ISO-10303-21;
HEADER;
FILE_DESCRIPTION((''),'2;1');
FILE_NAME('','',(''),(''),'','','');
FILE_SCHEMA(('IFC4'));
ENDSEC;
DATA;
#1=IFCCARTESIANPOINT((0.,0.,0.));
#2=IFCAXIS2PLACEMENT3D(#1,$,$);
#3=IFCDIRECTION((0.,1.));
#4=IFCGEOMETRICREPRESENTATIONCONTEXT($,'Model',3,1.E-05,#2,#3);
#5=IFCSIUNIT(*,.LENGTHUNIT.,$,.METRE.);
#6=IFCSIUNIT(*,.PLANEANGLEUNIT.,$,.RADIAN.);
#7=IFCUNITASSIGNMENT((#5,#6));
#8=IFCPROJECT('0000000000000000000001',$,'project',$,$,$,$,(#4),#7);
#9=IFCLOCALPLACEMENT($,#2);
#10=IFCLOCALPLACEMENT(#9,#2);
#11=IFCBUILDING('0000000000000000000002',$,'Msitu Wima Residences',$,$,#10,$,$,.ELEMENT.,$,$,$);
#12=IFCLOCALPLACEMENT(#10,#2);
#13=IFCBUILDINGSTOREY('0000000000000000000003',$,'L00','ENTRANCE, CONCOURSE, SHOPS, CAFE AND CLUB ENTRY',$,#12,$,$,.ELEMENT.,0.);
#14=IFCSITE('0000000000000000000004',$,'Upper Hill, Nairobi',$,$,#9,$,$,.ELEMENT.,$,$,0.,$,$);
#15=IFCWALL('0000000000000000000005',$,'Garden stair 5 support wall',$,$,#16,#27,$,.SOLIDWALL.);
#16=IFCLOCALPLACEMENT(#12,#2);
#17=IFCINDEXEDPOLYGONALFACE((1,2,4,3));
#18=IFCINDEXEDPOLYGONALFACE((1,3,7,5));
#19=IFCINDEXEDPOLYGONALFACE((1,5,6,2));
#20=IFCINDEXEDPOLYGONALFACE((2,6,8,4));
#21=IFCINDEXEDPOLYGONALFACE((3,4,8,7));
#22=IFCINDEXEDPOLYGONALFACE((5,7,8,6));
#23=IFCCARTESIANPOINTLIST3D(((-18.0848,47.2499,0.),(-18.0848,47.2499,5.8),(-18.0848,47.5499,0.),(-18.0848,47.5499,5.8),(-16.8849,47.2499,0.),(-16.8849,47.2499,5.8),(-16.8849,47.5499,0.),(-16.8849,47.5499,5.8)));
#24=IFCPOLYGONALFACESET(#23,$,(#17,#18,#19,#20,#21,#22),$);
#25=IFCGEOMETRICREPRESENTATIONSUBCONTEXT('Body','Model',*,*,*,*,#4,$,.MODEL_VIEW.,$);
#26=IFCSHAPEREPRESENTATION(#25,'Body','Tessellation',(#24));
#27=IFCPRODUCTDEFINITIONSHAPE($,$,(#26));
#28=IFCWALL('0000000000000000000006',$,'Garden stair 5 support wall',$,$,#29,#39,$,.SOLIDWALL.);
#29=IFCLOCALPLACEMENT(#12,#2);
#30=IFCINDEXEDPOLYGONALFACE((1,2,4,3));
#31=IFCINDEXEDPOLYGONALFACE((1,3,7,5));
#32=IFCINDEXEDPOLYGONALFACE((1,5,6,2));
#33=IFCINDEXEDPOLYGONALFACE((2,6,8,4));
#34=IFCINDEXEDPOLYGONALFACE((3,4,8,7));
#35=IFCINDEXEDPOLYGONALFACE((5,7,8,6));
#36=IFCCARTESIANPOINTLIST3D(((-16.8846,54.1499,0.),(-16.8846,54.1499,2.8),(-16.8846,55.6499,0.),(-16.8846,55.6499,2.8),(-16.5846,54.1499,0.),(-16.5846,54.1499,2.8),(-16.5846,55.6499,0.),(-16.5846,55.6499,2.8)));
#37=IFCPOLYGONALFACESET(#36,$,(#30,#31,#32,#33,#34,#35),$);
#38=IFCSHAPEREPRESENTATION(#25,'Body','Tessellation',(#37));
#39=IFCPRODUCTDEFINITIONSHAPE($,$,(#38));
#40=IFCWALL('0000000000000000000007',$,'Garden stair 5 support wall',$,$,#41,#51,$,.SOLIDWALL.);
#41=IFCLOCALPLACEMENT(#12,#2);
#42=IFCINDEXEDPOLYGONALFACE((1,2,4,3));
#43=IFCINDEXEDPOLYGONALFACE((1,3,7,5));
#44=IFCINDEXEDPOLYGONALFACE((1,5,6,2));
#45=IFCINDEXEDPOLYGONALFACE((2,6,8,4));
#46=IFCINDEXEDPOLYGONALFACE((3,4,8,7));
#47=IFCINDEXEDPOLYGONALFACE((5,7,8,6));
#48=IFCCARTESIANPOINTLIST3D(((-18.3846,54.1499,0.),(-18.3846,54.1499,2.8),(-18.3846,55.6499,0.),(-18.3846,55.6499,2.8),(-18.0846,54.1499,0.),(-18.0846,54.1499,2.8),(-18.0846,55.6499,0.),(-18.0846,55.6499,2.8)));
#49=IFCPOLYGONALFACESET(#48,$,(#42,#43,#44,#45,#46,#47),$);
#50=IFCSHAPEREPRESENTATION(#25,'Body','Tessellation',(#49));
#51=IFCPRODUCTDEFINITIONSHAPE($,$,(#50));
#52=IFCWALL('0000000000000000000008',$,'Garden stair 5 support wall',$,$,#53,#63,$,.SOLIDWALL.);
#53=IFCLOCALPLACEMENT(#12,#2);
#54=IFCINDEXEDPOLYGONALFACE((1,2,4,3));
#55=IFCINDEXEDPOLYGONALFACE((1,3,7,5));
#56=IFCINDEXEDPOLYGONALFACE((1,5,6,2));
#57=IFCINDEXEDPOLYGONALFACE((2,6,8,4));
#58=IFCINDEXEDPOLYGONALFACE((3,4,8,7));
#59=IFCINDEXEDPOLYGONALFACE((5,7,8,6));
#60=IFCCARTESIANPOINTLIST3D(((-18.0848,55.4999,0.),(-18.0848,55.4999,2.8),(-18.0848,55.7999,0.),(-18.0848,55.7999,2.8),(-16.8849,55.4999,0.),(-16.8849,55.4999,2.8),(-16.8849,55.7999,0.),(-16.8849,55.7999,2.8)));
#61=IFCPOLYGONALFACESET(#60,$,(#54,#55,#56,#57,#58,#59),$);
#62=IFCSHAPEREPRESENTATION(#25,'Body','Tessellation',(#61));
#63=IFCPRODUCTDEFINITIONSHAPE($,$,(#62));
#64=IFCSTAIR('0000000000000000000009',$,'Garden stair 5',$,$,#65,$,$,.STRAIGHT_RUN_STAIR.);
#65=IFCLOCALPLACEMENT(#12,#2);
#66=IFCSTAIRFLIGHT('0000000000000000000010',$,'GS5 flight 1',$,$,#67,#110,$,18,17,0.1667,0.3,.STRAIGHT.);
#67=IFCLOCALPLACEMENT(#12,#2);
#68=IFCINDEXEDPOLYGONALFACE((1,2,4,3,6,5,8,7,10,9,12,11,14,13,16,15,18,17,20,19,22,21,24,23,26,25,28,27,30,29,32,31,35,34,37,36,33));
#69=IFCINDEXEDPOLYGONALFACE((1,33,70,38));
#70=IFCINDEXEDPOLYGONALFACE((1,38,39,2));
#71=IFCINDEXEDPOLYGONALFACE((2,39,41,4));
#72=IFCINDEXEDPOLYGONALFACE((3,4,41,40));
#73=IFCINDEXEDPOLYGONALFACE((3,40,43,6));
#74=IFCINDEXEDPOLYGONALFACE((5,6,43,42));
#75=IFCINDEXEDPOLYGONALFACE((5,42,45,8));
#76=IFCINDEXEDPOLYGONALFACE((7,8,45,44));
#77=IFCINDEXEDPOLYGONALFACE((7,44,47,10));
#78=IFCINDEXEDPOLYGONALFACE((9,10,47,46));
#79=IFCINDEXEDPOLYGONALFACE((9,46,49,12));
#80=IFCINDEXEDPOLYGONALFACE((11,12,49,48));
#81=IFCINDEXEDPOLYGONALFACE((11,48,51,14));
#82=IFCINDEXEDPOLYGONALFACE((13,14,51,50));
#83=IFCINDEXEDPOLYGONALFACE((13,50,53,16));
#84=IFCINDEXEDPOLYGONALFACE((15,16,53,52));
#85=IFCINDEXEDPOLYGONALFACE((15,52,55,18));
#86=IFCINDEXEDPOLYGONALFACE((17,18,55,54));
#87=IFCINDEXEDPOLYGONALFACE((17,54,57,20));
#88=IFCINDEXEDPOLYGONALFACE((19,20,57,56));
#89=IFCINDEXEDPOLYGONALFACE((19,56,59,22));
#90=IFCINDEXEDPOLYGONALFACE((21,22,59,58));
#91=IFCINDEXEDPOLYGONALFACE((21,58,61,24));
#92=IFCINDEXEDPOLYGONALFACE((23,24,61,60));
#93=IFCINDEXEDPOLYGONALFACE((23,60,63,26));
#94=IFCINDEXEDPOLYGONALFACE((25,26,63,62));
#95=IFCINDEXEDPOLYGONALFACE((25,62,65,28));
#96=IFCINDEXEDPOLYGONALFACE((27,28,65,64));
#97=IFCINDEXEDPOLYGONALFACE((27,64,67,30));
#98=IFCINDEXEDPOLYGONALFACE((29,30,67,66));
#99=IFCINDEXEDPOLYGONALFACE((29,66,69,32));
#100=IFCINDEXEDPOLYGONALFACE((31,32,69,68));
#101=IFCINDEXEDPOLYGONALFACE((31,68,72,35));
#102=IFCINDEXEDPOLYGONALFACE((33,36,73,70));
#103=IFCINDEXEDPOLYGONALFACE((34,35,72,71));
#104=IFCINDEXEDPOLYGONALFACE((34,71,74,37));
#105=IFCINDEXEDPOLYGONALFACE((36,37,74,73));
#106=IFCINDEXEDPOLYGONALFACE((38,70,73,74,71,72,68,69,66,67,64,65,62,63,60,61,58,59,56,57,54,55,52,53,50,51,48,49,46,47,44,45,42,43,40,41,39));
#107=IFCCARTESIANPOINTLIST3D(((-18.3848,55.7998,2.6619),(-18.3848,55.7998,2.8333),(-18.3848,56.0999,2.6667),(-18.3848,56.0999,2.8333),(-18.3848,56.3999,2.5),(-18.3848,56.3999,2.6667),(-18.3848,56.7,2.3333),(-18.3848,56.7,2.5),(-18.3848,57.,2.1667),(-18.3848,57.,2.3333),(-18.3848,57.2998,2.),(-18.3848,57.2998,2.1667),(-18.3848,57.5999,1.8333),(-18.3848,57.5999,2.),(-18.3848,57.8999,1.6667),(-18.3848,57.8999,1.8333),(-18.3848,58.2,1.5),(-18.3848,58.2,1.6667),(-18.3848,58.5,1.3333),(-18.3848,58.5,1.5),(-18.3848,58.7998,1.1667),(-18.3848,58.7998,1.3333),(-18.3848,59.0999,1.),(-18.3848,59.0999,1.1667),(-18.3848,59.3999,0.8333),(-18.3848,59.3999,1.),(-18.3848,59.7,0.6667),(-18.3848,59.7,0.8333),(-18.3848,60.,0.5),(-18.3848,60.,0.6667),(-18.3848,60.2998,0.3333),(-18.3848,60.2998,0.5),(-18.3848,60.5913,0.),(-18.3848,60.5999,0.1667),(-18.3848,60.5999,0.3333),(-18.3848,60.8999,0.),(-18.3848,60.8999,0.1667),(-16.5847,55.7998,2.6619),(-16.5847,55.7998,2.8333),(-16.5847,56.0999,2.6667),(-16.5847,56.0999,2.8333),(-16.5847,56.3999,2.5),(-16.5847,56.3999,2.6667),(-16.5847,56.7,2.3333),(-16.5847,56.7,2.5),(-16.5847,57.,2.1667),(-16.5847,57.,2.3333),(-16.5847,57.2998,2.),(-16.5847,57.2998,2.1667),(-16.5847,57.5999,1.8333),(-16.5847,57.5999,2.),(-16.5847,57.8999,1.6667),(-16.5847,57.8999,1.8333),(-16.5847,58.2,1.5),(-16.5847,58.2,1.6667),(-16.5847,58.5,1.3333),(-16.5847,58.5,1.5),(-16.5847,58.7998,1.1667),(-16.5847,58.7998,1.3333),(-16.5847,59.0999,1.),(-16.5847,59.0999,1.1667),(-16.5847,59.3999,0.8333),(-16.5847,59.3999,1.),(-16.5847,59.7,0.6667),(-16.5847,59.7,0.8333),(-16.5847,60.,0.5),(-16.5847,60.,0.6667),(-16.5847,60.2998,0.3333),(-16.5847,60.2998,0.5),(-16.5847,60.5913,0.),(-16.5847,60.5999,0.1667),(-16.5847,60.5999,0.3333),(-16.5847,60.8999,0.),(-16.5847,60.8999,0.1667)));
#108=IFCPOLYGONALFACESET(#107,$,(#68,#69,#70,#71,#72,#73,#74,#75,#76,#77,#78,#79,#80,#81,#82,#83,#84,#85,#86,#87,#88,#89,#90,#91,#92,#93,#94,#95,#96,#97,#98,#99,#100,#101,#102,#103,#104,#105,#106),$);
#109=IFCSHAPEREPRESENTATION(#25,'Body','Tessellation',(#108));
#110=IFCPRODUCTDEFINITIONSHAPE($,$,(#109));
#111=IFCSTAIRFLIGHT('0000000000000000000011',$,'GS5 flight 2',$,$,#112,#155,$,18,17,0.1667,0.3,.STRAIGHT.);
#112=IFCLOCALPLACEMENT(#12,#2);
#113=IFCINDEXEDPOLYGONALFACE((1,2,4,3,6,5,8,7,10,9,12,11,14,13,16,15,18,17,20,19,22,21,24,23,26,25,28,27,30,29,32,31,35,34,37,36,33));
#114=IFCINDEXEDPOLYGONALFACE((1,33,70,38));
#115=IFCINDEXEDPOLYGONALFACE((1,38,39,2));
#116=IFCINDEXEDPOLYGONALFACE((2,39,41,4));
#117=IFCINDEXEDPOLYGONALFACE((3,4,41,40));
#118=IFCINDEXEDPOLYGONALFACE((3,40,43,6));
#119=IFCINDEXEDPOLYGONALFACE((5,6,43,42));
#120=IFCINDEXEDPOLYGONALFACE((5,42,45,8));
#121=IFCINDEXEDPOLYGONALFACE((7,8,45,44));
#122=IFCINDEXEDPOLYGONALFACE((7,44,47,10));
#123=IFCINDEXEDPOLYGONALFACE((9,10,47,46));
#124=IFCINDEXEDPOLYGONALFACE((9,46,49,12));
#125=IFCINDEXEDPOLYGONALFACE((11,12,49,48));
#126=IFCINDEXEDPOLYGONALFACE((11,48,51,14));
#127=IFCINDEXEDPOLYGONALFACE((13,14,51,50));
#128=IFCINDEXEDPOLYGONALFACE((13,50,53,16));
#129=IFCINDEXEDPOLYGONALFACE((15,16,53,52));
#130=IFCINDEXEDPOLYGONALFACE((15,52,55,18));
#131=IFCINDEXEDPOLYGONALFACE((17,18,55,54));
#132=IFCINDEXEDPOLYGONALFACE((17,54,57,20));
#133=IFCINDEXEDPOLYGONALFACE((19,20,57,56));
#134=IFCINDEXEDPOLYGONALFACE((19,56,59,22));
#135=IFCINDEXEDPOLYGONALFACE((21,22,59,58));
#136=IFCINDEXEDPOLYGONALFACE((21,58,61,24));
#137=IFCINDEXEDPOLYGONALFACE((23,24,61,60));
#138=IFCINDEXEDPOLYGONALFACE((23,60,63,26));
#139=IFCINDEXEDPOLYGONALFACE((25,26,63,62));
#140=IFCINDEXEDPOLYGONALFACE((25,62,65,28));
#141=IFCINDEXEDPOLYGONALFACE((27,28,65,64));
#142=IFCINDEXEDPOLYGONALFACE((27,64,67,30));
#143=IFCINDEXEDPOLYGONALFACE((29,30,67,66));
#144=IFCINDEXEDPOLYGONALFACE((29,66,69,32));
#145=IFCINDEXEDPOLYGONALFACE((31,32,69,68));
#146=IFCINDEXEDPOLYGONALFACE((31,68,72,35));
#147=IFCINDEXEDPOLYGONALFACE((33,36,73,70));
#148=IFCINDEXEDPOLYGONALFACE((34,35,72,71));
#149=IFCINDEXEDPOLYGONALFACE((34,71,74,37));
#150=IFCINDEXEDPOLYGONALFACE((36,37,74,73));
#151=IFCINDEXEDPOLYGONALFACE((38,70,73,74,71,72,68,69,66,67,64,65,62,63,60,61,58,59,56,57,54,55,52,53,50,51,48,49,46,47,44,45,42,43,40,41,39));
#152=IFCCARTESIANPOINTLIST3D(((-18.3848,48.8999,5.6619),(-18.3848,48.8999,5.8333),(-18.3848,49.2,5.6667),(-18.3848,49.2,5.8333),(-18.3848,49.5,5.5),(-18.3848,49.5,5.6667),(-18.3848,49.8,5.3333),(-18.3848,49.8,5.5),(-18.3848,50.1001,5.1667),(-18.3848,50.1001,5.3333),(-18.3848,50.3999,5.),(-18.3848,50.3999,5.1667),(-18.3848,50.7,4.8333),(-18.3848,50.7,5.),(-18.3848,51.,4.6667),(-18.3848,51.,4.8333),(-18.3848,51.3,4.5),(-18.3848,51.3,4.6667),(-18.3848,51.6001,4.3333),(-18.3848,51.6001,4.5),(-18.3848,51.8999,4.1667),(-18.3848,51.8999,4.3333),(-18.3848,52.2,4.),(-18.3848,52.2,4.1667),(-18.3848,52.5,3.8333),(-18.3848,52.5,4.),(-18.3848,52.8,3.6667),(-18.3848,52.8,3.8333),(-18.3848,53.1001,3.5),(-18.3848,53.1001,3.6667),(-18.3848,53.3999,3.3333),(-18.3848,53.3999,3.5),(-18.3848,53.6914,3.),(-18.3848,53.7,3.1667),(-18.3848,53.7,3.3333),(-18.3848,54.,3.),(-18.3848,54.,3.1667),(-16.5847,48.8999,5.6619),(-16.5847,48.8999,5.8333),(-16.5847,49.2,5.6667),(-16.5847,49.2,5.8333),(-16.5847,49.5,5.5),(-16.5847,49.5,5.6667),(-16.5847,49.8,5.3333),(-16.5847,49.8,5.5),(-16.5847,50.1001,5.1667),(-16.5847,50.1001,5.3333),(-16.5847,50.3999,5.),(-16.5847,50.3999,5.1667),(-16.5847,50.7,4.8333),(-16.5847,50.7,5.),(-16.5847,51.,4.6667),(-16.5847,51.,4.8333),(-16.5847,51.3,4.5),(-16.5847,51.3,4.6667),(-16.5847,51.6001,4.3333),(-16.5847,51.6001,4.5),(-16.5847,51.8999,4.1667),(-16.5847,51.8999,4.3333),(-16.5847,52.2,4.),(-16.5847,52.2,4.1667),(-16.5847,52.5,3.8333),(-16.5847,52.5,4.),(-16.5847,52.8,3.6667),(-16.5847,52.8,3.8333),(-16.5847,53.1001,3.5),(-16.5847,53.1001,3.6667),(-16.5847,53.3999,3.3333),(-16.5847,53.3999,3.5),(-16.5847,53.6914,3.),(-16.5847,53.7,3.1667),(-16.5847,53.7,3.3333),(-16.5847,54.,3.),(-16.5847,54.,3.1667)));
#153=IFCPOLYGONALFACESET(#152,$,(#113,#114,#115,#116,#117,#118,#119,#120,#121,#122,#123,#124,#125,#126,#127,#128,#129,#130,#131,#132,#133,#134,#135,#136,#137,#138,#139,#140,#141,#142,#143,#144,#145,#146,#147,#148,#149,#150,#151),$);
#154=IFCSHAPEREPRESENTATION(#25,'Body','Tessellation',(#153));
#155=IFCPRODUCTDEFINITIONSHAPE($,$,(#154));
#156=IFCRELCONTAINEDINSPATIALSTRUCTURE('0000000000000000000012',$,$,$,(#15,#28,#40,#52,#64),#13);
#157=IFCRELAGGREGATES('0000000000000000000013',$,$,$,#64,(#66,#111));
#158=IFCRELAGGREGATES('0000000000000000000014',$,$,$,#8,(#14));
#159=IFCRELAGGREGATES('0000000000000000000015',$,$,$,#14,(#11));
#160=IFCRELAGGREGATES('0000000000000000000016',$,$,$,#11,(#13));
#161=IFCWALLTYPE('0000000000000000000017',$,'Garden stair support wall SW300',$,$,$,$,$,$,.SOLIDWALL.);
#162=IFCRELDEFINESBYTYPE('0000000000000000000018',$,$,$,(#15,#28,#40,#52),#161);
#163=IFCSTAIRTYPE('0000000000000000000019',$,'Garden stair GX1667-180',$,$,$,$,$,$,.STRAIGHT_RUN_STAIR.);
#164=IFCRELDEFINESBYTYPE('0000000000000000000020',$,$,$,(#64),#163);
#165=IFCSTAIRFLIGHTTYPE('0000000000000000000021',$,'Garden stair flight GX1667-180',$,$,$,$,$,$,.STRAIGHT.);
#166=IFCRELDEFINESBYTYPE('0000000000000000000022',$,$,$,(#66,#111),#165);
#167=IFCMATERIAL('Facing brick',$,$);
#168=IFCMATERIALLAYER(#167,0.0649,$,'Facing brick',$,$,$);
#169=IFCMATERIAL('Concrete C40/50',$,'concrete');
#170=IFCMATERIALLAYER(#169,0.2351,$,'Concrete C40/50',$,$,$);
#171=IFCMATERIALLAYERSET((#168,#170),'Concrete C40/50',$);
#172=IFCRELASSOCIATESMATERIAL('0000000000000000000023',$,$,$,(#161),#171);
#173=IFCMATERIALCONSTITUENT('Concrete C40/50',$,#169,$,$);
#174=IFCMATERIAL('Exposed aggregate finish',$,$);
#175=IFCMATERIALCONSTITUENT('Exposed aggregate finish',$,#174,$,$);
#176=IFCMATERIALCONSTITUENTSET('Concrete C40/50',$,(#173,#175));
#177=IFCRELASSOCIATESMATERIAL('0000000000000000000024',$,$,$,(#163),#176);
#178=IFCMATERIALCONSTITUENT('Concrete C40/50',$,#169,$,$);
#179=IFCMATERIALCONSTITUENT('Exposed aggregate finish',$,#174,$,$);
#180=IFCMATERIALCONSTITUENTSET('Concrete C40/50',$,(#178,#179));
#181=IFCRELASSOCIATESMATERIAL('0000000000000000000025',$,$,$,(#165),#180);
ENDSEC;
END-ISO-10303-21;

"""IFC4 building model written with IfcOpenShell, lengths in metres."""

from ifc_helpers import new_model, si_unit, direction, frame, frame_2d, origin, place, context, subcontext, project, spatial, polyline, rectangle, outline, extrude, material, layer, layer_set, constituent, constituent_set, type_object, element, aggregate, save


model = new_model("IFC4")

# Units and contexts
model_context = context("Model", 3, precision=1e-05, world=origin(), true_north=direction((0.0, 1.0)))
body_context = subcontext(model_context, "Body", "Model", "MODEL_VIEW")
ifc_project = project(units=[si_unit("LENGTHUNIT", "METRE"), si_unit("PLANEANGLEUNIT", "RADIAN")], contexts=[model_context])

# Site, building, storey
site_placement = place(None, origin())
site = spatial("IfcSite", under=ifc_project, at=site_placement, Name="Upper Hill, Nairobi", CompositionType="ELEMENT", RefElevation=0.0)
building_placement = place(site_placement, origin())
building = spatial("IfcBuilding", under=site, at=building_placement, Name="Msitu Wima Residences", CompositionType="ELEMENT")
storey_placement = place(building_placement, origin())
storey = spatial("IfcBuildingStorey", under=building, at=storey_placement, Name="L00", Description="ENTRANCE, CONCOURSE, SHOPS, CAFE AND CLUB ENTRY", CompositionType="ELEMENT", Elevation=0.0)

# Walls
ifc_material_1 = material(Name="Facing brick")
ifc_layer_1 = layer(ifc_material_1, 0.0649, Name="Facing brick")
ifc_material_2 = material(Name="Concrete C40/50", Category="concrete")
ifc_layer_2 = layer(ifc_material_2, 0.2351, Name="Concrete C40/50")
ifc_layer_set_1 = layer_set([ifc_layer_1, ifc_layer_2], Name="Concrete C40/50")
wall_type_1 = type_object("IfcWallType", Name="Garden stair support wall SW300", PredefinedType="SOLIDWALL", material=ifc_layer_set_1)
wall_1_placement = place(storey_placement, frame((-16.8848, 47.3999, 0.0), z_axis=(0.0, 0.0, 1.0), x_axis=(-1.0, 0.0, 0.0)))
element("IfcWall", 1, at=wall_1_placement, inside=storey, type_object=wall_type_1, Name="Garden stair 5 support wall", PredefinedType="SOLIDWALL", context=body_context, shape_type="SweptSolid", body=[
    extrude(rectangle(XDim=1.2, YDim=0.3, at=frame_2d((0.6001, 0.0))), origin(), (0.0, 0.0, 1.0), 5.8),
])
for number, where, z_axis, x_axis, name in (
    (2, (-16.7346, 54.1499, 0.0), (0.0, 0.0, 1.0), (0.0, 1.0, 0.0), "Garden stair 5 support wall"),
    (3, (-18.2346, 54.1499, 0.0), (0.0, 0.0, 1.0), (0.0, 1.0, 0.0), "Garden stair 5 support wall"),
):
    element("IfcWall", number, at=place(storey_placement, frame(where, z_axis=z_axis, x_axis=x_axis)), inside=storey, type_object=wall_type_1, Name=name, PredefinedType="SOLIDWALL", context=body_context, shape_type="SweptSolid", body=[
        extrude(rectangle(XDim=1.5, YDim=0.3, at=frame_2d((0.75, 0.0))), origin(), (0.0, 0.0, 1.0), 2.8),
    ])
wall_2_placement = place(storey_placement, frame((-16.8848, 55.6499, 0.0), z_axis=(0.0, 0.0, 1.0), x_axis=(-1.0, 0.0, 0.0)))
element("IfcWall", 4, at=wall_2_placement, inside=storey, type_object=wall_type_1, Name="Garden stair 5 support wall", PredefinedType="SOLIDWALL", context=body_context, shape_type="SweptSolid", body=[
    extrude(rectangle(XDim=1.2, YDim=0.3, at=frame_2d((0.6001, 0.0))), origin(), (0.0, 0.0, 1.0), 2.8),
])

# Stair, stair flights
ifc_constituent_1 = constituent(ifc_material_2, Name="Concrete C40/50")
ifc_material_3 = material(Name="Exposed aggregate finish")
ifc_constituent_2 = constituent(ifc_material_3, Name="Exposed aggregate finish")
ifc_constituent_set_1 = constituent_set(constituents=[ifc_constituent_1, ifc_constituent_2], Name="Concrete C40/50")
stair_type = type_object("IfcStairType", Name="Garden stair GX1667-180", PredefinedType="STRAIGHT_RUN_STAIR", material=ifc_constituent_set_1)
stair_placement = place(storey_placement, origin())
stair = element("IfcStair", 5, at=stair_placement, inside=storey, type_object=stair_type, Name="Garden stair 5", PredefinedType="STRAIGHT_RUN_STAIR")
ifc_constituent_3 = constituent(ifc_material_2, Name="Concrete C40/50")
ifc_constituent_4 = constituent(ifc_material_3, Name="Exposed aggregate finish")
ifc_constituent_set_2 = constituent_set(constituents=[ifc_constituent_3, ifc_constituent_4], Name="Concrete C40/50")
stair_flight_type = type_object("IfcStairFlightType", Name="Garden stair flight GX1667-180", PredefinedType="STRAIGHT", material=ifc_constituent_set_2)
stair_flight_1_placement = place(storey_placement, frame((-17.4846, 60.8999, 0.0), z_axis=(0.0, 0.0, 1.0), x_axis=(0.0, -1.0, 0.0)))
stair_flight_1 = element("IfcStairFlight", 6, at=stair_flight_1_placement, type_object=stair_flight_type, Name="GS5 flight 1", NumberOfRisers=18, NumberOfTreads=17, PredefinedType="STRAIGHT", RiserHeight=0.1667, TreadLength=0.3, context=body_context, shape_type="SweptSolid", body=[
    extrude(outline(polyline([(0.0, 0.0), (0.0, 0.1667), (0.3, 0.1667), (0.3, 0.3333), (0.6001, 0.3333), (0.6001, 0.5), (0.8999, 0.5), (0.8999, 0.6667), (1.2, 0.6667), (1.2, 0.8333), (1.5, 0.8333), (1.5, 1.0), (1.8, 1.0), (1.8, 1.1667), (2.1001, 1.1667), (2.1001, 1.3333), (2.3999, 1.3333), (2.3999, 1.5), (2.7, 1.5), (2.7, 1.6667), (3.0, 1.6667), (3.0, 1.8333), (3.3, 1.8333), (3.3, 2.0), (3.6001, 2.0), (3.6001, 2.1667), (3.8999, 2.1667), (3.8999, 2.3333), (4.2, 2.3333), (4.2, 2.5), (4.5, 2.5), (4.5, 2.6667), (4.8, 2.6667), (4.8, 2.8333), (5.1001, 2.8333), (5.1001, 3.0), (5.1001, 2.6619), (0.3086, 0.0), (0.0, 0.0)])), frame((0.0, 0.8999, 0.0), z_axis=(0.0, -1.0, 0.0), x_axis=(1.0, 0.0, 0.0)), (0.0, 0.0, 1.0), 1.8),
])
stair_flight_2_placement = place(storey_placement, frame((-17.4846, 54.0, 3.0), z_axis=(0.0, 0.0, 1.0), x_axis=(0.0, -1.0, 0.0)))
stair_flight_2 = element("IfcStairFlight", 7, at=stair_flight_2_placement, type_object=stair_flight_type, Name="GS5 flight 2", NumberOfRisers=18, NumberOfTreads=17, PredefinedType="STRAIGHT", RiserHeight=0.1667, TreadLength=0.3, context=body_context, shape_type="SweptSolid", body=[
    extrude(outline(polyline([(0.0, 0.0), (0.0, 0.1667), (0.3, 0.1667), (0.3, 0.3333), (0.6001, 0.3333), (0.6001, 0.5), (0.8999, 0.5), (0.8999, 0.6667), (1.2, 0.6667), (1.2, 0.8333), (1.5, 0.8333), (1.5, 1.0), (1.8, 1.0), (1.8, 1.1667), (2.1001, 1.1667), (2.1001, 1.3333), (2.3999, 1.3333), (2.3999, 1.5), (2.7, 1.5), (2.7, 1.6667), (3.0, 1.6667), (3.0, 1.8333), (3.3, 1.8333), (3.3, 2.0), (3.6001, 2.0), (3.6001, 2.1667), (3.8999, 2.1667), (3.8999, 2.3333), (4.2, 2.3333), (4.2, 2.5), (4.5, 2.5), (4.5, 2.6667), (4.8, 2.6667), (4.8, 2.8333), (5.1001, 2.8333), (5.1001, 3.0), (5.1001, 2.6619), (0.3086, 0.0), (0.0, 0.0)])), frame((0.0, 0.8999, 0.0), z_axis=(0.0, -1.0, 0.0), x_axis=(1.0, 0.0, 0.0)), (0.0, 0.0, 1.0), 1.8),
])
aggregate(stair, [stair_flight_1, stair_flight_2])

save(model, "model.ifc")
